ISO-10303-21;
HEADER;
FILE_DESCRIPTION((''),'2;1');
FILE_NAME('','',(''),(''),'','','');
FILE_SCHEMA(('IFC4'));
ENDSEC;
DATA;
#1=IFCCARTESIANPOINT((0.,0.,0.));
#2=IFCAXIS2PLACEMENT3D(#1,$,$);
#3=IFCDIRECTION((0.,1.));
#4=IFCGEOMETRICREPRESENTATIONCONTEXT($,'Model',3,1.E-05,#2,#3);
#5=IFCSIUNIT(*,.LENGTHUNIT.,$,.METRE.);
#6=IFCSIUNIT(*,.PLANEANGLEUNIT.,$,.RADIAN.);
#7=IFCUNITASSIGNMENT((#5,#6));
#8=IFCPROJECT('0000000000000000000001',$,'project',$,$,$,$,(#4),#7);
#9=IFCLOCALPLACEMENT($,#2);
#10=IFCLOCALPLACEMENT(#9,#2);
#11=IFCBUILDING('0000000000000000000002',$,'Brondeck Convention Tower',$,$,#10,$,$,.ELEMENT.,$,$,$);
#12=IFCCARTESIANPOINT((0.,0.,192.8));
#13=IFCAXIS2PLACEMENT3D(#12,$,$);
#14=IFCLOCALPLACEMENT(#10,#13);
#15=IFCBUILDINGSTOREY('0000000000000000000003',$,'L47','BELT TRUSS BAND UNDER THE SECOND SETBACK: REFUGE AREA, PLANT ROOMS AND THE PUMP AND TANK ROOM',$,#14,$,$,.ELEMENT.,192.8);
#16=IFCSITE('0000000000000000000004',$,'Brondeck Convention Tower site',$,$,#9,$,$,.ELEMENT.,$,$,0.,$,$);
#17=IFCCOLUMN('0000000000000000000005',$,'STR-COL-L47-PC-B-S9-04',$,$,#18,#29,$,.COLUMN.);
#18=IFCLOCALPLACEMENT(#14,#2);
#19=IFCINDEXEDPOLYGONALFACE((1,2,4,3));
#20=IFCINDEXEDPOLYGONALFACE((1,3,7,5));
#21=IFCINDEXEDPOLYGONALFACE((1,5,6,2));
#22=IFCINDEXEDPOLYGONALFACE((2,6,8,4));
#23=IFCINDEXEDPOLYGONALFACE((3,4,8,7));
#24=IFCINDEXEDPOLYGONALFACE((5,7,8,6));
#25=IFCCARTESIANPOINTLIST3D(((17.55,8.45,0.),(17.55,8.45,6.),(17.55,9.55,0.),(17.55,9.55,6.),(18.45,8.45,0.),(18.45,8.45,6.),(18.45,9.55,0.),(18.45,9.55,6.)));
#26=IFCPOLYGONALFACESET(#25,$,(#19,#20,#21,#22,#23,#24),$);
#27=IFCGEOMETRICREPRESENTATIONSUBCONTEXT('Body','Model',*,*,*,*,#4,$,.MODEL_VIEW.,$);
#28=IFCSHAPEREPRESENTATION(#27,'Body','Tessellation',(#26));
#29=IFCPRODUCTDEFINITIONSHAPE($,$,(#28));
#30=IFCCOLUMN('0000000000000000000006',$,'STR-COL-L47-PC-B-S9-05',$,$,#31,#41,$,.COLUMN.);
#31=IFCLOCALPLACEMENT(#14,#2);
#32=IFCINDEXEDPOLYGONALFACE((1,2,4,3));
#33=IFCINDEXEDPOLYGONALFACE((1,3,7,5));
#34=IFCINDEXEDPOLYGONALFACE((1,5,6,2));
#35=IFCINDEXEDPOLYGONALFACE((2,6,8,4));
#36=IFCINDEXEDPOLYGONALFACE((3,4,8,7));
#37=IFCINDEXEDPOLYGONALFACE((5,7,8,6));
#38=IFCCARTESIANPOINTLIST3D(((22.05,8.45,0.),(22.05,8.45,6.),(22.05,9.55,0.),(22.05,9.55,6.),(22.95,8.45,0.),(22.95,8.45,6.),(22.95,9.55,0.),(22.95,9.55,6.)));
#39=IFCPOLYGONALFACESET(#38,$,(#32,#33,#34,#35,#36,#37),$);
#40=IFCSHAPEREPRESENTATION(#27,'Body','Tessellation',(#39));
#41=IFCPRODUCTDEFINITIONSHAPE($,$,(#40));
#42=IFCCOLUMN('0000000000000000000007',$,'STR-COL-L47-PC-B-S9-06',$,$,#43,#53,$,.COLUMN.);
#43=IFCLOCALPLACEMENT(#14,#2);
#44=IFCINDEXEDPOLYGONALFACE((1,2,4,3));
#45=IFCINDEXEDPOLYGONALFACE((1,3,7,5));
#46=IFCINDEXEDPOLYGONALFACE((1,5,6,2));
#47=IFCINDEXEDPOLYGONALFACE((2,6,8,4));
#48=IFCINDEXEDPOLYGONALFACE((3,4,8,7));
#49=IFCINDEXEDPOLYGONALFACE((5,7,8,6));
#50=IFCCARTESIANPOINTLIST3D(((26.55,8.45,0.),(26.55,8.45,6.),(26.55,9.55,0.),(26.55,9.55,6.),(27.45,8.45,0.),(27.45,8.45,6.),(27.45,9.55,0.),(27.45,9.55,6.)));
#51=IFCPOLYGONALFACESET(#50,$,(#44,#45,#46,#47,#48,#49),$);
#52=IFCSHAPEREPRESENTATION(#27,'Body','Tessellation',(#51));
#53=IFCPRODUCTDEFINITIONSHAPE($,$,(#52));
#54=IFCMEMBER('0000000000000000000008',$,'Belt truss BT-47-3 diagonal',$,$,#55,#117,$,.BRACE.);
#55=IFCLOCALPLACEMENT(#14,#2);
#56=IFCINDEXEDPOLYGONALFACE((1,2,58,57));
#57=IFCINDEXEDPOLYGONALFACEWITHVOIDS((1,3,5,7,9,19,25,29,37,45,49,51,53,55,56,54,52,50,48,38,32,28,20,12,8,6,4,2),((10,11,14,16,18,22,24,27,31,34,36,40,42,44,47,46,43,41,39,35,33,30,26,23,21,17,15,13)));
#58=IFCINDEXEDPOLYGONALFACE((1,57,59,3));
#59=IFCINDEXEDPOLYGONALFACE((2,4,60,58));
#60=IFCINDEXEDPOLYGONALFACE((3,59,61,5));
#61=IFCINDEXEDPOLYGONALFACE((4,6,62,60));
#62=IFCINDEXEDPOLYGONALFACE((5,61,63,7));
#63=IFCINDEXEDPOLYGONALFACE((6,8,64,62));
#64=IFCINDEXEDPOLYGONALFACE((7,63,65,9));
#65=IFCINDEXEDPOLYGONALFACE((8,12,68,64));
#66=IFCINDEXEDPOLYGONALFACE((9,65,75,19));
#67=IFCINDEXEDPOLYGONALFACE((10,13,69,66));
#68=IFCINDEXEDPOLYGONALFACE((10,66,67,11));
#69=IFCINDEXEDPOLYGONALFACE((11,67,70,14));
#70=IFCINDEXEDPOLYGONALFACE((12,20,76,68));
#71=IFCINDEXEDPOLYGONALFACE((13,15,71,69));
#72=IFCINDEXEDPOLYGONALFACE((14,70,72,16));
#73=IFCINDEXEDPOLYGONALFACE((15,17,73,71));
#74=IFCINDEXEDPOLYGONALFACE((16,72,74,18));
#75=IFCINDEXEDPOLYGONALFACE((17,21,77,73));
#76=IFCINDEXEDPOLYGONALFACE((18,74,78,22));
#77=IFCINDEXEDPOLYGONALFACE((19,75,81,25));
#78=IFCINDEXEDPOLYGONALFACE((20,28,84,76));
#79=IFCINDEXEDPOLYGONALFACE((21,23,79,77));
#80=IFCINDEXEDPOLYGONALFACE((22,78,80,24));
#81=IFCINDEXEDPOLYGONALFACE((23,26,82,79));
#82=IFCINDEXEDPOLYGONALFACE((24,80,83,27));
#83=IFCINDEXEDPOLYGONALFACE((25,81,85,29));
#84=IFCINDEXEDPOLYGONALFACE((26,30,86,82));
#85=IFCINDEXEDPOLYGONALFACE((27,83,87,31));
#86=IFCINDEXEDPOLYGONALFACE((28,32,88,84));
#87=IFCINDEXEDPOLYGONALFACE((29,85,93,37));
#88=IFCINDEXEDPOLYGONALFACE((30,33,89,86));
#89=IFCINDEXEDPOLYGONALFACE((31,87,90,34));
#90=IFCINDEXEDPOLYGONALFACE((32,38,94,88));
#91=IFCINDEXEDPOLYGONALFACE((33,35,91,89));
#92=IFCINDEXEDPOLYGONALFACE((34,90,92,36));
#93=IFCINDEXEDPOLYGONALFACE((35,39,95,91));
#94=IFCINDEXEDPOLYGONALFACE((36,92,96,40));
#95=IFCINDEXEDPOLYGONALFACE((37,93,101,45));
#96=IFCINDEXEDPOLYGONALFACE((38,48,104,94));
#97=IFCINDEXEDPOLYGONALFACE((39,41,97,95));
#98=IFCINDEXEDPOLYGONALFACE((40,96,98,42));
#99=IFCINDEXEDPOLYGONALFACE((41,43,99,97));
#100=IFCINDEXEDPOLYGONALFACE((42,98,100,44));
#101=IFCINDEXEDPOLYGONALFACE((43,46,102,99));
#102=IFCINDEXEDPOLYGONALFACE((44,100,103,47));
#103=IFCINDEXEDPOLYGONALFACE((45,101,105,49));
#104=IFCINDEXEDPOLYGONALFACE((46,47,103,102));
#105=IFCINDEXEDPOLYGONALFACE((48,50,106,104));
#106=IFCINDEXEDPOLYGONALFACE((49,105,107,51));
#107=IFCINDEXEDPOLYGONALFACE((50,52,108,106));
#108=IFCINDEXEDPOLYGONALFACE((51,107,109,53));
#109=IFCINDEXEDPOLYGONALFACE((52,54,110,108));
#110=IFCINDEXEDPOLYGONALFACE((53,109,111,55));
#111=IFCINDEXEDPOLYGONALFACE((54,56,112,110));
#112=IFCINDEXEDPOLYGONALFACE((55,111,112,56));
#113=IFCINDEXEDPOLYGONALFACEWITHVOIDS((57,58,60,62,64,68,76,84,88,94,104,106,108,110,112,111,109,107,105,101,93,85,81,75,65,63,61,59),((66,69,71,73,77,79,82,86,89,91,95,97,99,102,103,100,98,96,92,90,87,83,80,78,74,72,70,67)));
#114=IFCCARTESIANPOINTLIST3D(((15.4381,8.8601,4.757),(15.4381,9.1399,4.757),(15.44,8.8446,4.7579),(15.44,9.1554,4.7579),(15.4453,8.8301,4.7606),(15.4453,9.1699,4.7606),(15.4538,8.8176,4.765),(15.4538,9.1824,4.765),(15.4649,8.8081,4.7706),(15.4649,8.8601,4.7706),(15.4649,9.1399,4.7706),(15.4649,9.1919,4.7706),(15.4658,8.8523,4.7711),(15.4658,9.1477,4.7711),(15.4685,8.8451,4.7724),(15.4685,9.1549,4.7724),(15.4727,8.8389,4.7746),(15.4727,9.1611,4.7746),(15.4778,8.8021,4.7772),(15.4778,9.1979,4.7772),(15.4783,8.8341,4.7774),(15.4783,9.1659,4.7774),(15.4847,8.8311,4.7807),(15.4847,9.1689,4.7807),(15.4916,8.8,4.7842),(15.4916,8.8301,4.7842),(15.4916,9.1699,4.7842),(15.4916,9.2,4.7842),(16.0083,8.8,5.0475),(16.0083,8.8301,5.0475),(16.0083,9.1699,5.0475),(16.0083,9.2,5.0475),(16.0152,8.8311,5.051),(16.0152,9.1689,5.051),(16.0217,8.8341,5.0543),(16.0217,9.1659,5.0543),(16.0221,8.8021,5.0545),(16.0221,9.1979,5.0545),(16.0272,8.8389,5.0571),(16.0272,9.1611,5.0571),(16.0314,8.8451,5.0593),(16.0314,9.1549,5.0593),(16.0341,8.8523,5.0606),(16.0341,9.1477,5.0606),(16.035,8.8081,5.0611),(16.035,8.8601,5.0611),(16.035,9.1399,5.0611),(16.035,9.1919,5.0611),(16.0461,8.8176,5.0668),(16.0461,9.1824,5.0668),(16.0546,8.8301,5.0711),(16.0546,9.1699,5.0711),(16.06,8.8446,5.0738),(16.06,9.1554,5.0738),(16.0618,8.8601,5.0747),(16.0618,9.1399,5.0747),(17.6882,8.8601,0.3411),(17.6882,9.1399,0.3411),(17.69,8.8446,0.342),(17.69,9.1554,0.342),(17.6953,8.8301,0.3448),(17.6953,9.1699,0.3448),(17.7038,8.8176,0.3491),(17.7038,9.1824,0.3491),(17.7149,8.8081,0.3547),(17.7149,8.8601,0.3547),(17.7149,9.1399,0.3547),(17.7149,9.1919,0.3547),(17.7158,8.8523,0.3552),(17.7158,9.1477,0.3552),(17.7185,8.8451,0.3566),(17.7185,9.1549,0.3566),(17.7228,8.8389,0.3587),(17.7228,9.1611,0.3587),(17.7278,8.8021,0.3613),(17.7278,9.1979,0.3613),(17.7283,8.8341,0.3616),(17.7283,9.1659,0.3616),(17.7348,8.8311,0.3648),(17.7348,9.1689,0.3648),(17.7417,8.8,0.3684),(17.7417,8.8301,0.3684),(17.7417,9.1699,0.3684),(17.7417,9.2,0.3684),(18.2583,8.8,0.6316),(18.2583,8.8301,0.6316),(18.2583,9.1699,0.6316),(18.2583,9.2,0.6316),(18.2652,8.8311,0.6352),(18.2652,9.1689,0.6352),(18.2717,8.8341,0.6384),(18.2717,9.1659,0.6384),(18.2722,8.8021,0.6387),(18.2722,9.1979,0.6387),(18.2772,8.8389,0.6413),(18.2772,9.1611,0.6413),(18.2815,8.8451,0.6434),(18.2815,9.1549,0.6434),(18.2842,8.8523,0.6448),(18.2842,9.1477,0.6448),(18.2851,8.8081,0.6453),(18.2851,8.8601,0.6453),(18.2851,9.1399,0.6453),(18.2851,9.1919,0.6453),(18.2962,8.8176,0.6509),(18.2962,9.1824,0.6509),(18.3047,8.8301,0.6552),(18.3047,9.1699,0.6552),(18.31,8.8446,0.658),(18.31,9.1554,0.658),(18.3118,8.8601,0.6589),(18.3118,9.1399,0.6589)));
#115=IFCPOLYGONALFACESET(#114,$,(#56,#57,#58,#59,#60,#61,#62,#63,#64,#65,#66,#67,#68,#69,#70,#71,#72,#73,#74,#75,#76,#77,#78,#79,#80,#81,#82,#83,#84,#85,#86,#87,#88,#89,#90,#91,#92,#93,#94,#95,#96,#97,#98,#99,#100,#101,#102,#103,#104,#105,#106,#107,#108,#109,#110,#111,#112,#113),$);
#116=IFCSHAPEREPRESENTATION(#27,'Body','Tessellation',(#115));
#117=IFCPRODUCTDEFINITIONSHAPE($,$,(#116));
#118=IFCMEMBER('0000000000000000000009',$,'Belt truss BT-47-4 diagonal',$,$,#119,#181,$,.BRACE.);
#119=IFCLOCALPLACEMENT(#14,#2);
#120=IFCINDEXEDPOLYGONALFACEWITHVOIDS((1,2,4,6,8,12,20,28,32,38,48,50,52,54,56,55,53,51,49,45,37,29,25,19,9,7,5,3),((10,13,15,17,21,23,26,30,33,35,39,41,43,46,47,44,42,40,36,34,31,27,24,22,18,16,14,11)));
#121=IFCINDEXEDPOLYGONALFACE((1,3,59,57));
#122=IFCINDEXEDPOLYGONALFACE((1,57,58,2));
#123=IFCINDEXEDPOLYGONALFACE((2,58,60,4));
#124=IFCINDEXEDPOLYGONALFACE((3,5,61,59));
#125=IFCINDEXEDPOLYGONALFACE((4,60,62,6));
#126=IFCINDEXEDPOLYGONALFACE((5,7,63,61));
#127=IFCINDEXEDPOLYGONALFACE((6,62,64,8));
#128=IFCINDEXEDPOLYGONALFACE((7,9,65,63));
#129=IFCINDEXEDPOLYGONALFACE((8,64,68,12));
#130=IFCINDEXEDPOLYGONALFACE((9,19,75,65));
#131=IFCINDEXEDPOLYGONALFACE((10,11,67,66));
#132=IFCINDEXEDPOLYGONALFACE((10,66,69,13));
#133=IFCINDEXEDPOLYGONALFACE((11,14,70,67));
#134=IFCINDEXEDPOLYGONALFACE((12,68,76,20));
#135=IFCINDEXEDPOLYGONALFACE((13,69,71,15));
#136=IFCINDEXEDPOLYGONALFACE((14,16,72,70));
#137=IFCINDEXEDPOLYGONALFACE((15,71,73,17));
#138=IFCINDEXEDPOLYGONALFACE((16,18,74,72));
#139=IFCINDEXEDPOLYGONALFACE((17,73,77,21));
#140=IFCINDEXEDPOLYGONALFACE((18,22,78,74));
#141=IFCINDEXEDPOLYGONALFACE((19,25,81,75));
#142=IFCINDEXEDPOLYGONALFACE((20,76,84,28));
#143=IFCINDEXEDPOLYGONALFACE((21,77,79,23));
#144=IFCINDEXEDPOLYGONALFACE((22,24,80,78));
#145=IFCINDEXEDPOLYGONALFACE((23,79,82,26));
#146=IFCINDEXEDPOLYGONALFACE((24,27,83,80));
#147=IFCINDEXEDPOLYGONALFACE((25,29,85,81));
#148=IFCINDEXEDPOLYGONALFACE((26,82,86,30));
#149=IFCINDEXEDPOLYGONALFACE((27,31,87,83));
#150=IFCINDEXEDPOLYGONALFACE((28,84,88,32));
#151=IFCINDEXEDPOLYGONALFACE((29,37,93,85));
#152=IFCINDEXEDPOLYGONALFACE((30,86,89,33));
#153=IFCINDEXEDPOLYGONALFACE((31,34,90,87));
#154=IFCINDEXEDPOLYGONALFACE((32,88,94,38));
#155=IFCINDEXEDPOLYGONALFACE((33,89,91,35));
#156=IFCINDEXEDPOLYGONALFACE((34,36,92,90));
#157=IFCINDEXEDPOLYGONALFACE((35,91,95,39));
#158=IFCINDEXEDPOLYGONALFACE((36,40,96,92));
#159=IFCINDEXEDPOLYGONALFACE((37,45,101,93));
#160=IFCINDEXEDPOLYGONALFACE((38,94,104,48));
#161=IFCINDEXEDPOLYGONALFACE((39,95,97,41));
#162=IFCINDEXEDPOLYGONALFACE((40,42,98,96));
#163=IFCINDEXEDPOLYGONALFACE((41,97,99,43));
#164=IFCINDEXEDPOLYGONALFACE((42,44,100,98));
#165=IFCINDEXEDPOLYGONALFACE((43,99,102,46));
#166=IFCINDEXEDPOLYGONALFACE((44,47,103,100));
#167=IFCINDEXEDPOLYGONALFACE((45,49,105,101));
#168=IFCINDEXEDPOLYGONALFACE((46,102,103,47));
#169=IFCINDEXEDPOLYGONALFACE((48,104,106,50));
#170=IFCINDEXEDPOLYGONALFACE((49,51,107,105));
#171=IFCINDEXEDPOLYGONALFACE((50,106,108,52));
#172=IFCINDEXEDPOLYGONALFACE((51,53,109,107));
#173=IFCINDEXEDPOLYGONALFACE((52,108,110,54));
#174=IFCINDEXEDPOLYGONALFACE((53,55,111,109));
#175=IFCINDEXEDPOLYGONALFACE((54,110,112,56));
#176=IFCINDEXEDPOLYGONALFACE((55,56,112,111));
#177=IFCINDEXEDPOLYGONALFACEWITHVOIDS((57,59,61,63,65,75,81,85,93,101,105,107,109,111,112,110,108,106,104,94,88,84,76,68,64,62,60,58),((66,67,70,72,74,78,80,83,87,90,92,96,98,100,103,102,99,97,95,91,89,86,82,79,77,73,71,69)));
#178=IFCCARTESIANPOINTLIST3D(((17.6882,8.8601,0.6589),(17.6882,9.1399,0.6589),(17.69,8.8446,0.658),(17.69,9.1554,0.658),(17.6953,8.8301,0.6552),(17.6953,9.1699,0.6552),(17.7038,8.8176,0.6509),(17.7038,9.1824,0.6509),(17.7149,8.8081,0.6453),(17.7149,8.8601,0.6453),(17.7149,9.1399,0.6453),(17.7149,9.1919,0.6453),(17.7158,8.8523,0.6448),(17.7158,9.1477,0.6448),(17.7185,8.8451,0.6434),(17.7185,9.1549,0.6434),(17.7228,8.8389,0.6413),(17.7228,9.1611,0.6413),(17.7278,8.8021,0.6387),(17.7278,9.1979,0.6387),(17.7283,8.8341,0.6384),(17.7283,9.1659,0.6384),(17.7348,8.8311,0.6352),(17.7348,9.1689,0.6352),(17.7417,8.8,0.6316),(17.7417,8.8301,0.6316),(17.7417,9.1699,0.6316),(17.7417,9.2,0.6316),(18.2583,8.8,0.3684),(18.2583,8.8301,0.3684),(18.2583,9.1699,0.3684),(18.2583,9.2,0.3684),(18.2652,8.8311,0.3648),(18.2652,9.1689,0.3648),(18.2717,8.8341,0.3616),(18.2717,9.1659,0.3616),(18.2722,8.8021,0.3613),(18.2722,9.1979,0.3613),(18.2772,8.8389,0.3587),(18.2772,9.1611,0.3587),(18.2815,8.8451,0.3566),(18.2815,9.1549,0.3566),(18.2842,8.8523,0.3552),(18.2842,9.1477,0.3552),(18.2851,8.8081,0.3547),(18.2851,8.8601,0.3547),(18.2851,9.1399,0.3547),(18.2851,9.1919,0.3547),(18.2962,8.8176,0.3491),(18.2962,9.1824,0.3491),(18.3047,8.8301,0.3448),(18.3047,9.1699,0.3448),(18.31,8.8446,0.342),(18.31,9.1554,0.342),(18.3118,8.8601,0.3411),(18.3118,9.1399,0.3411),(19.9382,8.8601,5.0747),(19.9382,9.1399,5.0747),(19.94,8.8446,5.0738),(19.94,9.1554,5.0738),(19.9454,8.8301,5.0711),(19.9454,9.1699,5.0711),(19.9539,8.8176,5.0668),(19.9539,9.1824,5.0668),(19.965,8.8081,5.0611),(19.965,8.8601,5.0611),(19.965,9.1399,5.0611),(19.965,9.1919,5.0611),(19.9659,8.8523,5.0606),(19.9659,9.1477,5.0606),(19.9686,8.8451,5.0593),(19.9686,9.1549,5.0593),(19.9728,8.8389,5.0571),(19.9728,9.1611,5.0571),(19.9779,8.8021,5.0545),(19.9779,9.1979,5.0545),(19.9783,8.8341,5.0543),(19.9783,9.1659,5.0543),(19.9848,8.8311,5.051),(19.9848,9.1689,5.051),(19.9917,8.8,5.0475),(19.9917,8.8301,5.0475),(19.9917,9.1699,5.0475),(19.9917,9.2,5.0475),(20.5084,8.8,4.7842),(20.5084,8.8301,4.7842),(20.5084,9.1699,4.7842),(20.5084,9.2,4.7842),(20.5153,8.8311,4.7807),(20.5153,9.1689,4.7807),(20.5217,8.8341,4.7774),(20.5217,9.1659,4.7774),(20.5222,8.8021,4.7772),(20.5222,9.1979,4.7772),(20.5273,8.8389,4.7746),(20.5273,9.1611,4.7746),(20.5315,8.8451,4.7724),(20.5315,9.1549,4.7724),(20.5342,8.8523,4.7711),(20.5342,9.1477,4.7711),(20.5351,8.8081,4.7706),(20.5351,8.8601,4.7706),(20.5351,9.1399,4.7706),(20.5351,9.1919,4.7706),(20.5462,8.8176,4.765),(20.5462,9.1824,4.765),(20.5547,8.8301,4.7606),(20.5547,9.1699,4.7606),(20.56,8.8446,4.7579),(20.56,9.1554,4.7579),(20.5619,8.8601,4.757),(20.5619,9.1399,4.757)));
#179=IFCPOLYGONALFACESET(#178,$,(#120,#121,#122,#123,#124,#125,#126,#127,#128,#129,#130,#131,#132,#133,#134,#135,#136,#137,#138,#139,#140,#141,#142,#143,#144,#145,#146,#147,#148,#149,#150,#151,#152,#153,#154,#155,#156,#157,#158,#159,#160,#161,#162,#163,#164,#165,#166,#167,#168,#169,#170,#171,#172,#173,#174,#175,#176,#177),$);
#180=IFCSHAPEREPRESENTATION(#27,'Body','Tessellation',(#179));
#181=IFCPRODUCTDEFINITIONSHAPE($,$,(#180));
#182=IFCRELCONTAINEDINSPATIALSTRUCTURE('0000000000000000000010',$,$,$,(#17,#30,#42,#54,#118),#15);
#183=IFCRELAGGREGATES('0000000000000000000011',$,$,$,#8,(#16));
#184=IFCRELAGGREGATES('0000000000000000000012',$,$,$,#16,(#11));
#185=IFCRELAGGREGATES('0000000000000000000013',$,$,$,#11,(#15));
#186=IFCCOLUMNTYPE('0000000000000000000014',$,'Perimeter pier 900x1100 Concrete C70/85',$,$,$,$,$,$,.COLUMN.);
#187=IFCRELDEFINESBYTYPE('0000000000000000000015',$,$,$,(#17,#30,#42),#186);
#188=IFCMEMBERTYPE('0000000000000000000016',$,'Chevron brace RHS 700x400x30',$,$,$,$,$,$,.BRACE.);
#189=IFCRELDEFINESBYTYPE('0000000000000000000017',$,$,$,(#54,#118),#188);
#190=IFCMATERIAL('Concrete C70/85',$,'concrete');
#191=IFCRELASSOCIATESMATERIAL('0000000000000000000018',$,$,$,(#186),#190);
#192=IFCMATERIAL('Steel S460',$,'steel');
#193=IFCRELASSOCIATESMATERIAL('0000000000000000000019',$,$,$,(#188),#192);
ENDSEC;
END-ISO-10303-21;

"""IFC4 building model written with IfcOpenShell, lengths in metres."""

from ifc_helpers import new_model, si_unit, direction, frame, origin, origin_2d, place, context, subcontext, project, spatial, rectangle, hollow_rectangle, extrude, material, material_profile, profile_set, type_object, element, save


model = new_model("IFC4")

# Units and contexts
model_context = context("Model", 3, precision=1e-05, world=origin(), true_north=direction((0.0, 1.0)))
body_context = subcontext(model_context, "Body", "Model", "MODEL_VIEW")
ifc_project = project(units=[si_unit("LENGTHUNIT", "METRE"), si_unit("PLANEANGLEUNIT", "RADIAN")], contexts=[model_context])

# Site, building, storey
site_placement = place(None, origin())
site = spatial("IfcSite", under=ifc_project, at=site_placement, Name="Brondeck Convention Tower site", CompositionType="ELEMENT", RefElevation=0.0)
building_placement = place(site_placement, origin())
building = spatial("IfcBuilding", under=site, at=building_placement, Name="Brondeck Convention Tower", CompositionType="ELEMENT")
storey_placement = place(building_placement, frame((0.0, 0.0, 192.8)))
storey = spatial("IfcBuildingStorey", under=building, at=storey_placement, Name="L47", Description="BELT TRUSS BAND UNDER THE SECOND SETBACK: REFUGE AREA, PLANT ROOMS AND THE PUMP AND TANK ROOM", CompositionType="ELEMENT", Elevation=192.8)

# Columns
ifc_material_1 = material(Name="Concrete C70/85", Category="concrete")
ifc_material_profile_1 = material_profile(ifc_material_1, rectangle(XDim=0.8999, YDim=1.1001, at=origin_2d()), Name="Perimeter pier 900x1100 Concrete C70/85")
ifc_profile_set_1 = profile_set([ifc_material_profile_1], Name="Concrete C70/85")
column_type = type_object("IfcColumnType", Name="Perimeter pier 900x1100 Concrete C70/85", PredefinedType="COLUMN", material=ifc_profile_set_1)
for number, where, z_axis, x_axis, name in (
    (1, (18.0, 9.0, 0.0), (0.0, 0.0, 1.0), (1.0, 0.0, 0.0), "STR-COL-L47-PC-B-S9-04"),
    (2, (22.5, 9.0, 0.0), (0.0, 0.0, 1.0), (1.0, 0.0, 0.0), "STR-COL-L47-PC-B-S9-05"),
    (3, (27.0, 9.0, 0.0), (0.0, 0.0, 1.0), (1.0, 0.0, 0.0), "STR-COL-L47-PC-B-S9-06"),
):
    element("IfcColumn", number, at=place(storey_placement, frame(where, z_axis=z_axis, x_axis=x_axis)), inside=storey, type_object=column_type, Name=name, PredefinedType="COLUMN", context=body_context, shape_type="SweptSolid", body=[
        extrude(rectangle(XDim=0.8999, YDim=1.1001, at=origin_2d()), origin(), (0.0, 0.0, 1.0), 6.0),
    ])

# Members
ifc_material_2 = material(Name="Steel S460", Category="steel")
ifc_material_profile_2 = material_profile(ifc_material_2, hollow_rectangle(XDim=0.3999, YDim=0.7, WallThickness=0.03, InnerFilletRadius=0.03, OuterFilletRadius=0.0601, at=origin_2d()), Name="RHS 700x400x30")
ifc_profile_set_2 = profile_set([ifc_material_profile_2], Name="Steel S460")
member_type_1 = type_object("IfcMemberType", Name="Chevron brace RHS 700x400x30", PredefinedType="BRACE", material=ifc_profile_set_2)
for number, where, z_axis, x_axis, name in (
    (4, (18.0, 9.0, 0.5), (-0.453999, 0.0, 0.891002), (0.0, -1.0, 0.0), "Belt truss BT-47-3 diagonal"),
    (5, (18.0, 9.0, 0.5), (0.453999, 0.0, 0.891002), (0.0, 1.0, 0.0), "Belt truss BT-47-4 diagonal"),
):
    element("IfcMember", number, at=place(storey_placement, frame(where, z_axis=z_axis, x_axis=x_axis)), inside=storey, type_object=member_type_1, Name=name, PredefinedType="BRACE", context=body_context, shape_type="SweptSolid", body=[
        extrude(hollow_rectangle(XDim=0.3999, YDim=0.7, WallThickness=0.03, InnerFilletRadius=0.03, OuterFilletRadius=0.0601, at=origin_2d()), origin(), (0.0, 0.0, 1.0), 4.9561),
    ])

save(model, "model.ifc")
